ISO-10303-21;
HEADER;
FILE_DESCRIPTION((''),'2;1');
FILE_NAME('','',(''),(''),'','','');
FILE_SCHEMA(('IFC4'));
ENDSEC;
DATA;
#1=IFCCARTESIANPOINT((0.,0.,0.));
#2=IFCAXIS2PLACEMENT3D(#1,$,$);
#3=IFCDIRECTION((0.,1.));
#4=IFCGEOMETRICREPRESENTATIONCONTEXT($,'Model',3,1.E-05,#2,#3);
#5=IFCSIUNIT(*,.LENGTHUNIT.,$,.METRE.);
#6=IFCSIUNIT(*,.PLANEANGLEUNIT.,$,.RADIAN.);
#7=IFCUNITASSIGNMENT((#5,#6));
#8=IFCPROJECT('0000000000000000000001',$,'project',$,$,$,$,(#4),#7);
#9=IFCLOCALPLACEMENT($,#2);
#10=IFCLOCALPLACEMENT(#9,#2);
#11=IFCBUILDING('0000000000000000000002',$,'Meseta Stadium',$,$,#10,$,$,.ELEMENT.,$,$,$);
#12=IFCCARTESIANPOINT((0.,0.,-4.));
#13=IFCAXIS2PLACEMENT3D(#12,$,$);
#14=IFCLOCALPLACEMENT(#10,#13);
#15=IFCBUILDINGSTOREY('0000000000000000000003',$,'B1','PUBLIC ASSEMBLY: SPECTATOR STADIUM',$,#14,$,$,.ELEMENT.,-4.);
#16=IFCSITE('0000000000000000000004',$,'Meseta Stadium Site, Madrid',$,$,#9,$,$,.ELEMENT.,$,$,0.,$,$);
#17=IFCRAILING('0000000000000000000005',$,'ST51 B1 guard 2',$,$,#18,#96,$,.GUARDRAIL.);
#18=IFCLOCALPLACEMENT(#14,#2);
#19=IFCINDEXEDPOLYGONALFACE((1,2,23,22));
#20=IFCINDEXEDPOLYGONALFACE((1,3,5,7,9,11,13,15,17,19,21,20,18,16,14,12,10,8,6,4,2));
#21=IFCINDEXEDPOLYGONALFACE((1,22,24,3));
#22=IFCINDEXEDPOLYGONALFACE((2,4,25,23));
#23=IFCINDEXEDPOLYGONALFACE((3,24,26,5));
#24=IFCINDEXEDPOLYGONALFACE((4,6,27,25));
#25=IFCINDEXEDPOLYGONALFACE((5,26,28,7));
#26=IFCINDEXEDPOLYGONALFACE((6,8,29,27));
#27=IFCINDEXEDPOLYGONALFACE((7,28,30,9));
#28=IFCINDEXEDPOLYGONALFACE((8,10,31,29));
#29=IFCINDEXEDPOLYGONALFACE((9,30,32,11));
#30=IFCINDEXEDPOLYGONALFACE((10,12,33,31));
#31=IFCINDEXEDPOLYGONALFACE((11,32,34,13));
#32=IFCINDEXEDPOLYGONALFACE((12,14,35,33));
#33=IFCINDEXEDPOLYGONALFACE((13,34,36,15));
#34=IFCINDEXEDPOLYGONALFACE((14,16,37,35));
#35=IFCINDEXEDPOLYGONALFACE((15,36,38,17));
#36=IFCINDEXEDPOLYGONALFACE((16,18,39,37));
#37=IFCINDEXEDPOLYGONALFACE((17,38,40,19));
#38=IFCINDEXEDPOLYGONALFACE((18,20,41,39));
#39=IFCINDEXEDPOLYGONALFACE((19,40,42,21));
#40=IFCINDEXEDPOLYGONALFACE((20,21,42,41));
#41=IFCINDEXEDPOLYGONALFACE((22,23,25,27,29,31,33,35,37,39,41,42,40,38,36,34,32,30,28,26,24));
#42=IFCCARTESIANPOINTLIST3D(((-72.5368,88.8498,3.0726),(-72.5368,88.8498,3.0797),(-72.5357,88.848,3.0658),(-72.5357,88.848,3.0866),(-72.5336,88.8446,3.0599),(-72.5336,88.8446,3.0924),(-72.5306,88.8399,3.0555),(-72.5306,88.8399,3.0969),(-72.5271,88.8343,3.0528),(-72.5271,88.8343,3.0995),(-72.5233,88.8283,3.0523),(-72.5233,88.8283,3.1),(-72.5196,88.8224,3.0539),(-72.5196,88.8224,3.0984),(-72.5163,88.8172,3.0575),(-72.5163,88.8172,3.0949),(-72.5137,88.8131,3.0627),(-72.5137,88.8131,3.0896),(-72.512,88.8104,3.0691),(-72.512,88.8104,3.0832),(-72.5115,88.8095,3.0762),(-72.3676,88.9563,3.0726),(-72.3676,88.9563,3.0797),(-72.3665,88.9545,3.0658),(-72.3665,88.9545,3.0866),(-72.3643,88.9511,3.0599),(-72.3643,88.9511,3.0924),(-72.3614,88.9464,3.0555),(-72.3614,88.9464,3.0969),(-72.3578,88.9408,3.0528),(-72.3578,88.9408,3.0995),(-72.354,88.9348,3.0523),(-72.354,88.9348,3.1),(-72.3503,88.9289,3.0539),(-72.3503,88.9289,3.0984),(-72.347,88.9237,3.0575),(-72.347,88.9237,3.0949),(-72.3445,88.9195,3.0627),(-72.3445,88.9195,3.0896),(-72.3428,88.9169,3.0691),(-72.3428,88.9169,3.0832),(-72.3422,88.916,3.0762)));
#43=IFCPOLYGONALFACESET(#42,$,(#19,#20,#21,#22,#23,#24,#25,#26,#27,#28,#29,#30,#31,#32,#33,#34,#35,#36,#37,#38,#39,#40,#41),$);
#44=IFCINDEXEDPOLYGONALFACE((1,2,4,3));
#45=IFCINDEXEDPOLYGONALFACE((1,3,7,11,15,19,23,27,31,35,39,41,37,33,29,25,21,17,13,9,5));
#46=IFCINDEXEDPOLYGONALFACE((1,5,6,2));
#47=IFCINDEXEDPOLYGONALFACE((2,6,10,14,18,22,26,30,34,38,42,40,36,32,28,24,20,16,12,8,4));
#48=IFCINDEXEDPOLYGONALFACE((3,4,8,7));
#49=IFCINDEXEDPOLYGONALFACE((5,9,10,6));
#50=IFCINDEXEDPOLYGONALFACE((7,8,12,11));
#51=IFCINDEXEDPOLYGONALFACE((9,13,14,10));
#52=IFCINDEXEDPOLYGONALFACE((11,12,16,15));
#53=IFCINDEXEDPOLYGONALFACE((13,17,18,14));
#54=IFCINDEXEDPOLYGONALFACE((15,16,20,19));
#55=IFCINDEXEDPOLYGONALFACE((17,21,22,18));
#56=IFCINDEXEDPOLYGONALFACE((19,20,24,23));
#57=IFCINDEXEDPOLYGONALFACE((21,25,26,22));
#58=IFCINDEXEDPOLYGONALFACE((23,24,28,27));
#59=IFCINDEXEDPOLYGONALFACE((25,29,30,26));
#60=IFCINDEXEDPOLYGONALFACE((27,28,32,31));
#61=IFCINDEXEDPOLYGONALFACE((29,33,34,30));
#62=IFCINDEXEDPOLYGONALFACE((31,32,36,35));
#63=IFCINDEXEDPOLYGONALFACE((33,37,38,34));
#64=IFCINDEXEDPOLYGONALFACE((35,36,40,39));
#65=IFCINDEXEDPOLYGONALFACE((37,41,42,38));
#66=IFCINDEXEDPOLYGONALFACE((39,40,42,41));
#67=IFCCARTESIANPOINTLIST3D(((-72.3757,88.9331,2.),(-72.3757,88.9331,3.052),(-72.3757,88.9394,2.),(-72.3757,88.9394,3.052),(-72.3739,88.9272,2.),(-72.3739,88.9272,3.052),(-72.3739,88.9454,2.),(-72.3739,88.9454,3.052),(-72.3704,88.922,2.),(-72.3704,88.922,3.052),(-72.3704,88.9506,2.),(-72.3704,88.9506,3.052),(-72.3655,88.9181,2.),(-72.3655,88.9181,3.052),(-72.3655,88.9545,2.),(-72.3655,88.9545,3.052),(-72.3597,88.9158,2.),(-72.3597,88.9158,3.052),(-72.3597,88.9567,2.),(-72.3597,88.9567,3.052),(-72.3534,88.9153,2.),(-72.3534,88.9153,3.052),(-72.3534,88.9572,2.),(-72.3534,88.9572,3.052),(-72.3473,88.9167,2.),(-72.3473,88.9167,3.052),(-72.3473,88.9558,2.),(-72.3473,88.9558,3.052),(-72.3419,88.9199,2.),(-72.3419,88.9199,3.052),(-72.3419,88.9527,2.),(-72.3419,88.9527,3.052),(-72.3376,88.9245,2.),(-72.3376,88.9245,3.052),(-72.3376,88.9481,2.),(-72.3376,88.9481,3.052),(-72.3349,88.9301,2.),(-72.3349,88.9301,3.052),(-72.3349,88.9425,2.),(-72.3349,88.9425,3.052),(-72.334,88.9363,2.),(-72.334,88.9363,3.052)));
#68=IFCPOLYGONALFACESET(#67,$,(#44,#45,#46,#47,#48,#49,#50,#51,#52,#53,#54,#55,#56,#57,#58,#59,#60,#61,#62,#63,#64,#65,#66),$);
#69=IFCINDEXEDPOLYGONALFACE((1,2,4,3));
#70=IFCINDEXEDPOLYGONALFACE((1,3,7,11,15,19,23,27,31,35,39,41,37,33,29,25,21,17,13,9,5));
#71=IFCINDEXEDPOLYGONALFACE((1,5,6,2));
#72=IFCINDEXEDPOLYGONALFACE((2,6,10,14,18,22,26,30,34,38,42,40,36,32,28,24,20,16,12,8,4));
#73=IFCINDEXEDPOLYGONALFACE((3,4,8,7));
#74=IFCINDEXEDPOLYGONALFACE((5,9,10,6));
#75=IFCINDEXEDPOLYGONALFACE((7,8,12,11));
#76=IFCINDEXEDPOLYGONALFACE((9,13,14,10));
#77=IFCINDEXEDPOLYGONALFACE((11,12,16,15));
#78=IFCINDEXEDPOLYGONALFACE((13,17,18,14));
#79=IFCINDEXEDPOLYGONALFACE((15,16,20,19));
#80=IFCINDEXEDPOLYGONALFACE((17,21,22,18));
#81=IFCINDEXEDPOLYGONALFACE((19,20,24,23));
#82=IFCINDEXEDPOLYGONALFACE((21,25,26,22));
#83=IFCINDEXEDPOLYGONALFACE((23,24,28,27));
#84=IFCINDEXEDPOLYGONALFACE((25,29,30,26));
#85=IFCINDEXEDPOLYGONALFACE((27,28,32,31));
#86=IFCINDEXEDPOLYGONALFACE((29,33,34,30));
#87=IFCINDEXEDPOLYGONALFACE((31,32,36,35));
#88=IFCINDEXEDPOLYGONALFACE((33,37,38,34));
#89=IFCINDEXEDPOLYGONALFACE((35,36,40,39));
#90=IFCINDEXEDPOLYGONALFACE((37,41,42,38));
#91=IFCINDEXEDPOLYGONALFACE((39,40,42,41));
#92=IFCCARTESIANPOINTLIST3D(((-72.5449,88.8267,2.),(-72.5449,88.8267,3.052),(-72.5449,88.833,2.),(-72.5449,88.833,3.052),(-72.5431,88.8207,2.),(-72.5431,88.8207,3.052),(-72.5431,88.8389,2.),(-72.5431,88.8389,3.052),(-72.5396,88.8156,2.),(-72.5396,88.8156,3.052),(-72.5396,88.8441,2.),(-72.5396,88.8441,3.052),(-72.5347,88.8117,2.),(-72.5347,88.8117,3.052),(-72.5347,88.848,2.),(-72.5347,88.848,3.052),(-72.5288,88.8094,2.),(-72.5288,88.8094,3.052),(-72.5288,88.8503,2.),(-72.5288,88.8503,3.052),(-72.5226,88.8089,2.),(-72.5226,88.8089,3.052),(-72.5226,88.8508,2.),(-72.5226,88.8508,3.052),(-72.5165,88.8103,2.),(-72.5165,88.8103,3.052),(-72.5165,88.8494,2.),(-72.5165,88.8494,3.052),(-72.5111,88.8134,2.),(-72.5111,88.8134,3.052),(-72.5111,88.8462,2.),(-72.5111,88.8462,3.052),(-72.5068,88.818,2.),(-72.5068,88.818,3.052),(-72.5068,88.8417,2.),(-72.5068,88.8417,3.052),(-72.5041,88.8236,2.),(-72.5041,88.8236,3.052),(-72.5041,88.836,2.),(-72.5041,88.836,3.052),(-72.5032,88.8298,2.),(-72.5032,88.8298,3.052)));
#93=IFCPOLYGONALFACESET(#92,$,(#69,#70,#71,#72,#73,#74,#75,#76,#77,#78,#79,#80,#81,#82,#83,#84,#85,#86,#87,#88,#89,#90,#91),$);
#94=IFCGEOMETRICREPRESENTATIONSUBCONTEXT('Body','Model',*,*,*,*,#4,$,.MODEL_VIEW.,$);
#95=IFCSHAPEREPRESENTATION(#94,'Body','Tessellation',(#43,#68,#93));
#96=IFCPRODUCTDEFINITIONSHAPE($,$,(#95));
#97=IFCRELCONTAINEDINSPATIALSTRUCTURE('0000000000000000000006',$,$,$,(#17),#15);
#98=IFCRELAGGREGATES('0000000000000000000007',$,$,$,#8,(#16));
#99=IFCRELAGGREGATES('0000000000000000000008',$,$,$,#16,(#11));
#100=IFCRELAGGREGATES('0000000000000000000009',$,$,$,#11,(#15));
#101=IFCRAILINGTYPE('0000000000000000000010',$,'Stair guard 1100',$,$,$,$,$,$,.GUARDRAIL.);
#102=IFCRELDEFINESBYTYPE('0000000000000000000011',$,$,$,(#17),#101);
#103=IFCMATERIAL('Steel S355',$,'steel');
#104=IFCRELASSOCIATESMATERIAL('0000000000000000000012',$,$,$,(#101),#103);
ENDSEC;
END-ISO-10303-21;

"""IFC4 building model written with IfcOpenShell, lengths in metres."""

from ifc_helpers import new_model, si_unit, direction, frame, origin, origin_2d, place, context, subcontext, project, spatial, circle, extrude, material, type_object, element, save


model = new_model("IFC4")

# Units and contexts
model_context = context("Model", 3, precision=1e-05, world=origin(), true_north=direction((0.0, 1.0)))
body_context = subcontext(model_context, "Body", "Model", "MODEL_VIEW")
ifc_project = project(units=[si_unit("LENGTHUNIT", "METRE"), si_unit("PLANEANGLEUNIT", "RADIAN")], contexts=[model_context])

# Site, building, storey
site_placement = place(None, origin())
site = spatial("IfcSite", under=ifc_project, at=site_placement, Name="Meseta Stadium Site, Madrid", CompositionType="ELEMENT", RefElevation=0.0)
building_placement = place(site_placement, origin())
building = spatial("IfcBuilding", under=site, at=building_placement, Name="Meseta Stadium", CompositionType="ELEMENT")
storey_placement = place(building_placement, frame((0.0, 0.0, -4.0)))
storey = spatial("IfcBuildingStorey", under=building, at=storey_placement, Name="B1", Description="PUBLIC ASSEMBLY: SPECTATOR STADIUM", CompositionType="ELEMENT", Elevation=-4.0)

# Railing
ifc_material_1 = material(Name="Steel S355", Category="steel")
railing_type_1 = type_object("IfcRailingType", Name="Stair guard 1100", PredefinedType="GUARDRAIL", material=ifc_material_1)
railing_1_placement = place(storey_placement, frame((-72.355, 88.9363, 2.0)))
element("IfcRailing", 1, at=railing_1_placement, inside=storey, type_object=railing_type_1, Name="ST51 B1 guard 2", PredefinedType="GUARDRAIL", context=body_context, shape_type="SweptSolid", body=[
    extrude(circle(Radius=0.0239, at=origin_2d()), frame((0.0, 0.0, 1.0762), z_axis=(-0.846416, -0.532522, 0.0), x_axis=(0.532522, -0.846416, 0.0)), (0.0, 0.0, 1.0), 0.2),
    extrude(circle(Radius=0.021, at=origin_2d()), origin(), (0.0, 0.0, 1.0), 1.052),
    extrude(circle(Radius=0.021, at=origin_2d()), frame((-0.1692, -0.1064, 0.0)), (0.0, 0.0, 1.0), 1.052),
])

save(model, "model.ifc")
